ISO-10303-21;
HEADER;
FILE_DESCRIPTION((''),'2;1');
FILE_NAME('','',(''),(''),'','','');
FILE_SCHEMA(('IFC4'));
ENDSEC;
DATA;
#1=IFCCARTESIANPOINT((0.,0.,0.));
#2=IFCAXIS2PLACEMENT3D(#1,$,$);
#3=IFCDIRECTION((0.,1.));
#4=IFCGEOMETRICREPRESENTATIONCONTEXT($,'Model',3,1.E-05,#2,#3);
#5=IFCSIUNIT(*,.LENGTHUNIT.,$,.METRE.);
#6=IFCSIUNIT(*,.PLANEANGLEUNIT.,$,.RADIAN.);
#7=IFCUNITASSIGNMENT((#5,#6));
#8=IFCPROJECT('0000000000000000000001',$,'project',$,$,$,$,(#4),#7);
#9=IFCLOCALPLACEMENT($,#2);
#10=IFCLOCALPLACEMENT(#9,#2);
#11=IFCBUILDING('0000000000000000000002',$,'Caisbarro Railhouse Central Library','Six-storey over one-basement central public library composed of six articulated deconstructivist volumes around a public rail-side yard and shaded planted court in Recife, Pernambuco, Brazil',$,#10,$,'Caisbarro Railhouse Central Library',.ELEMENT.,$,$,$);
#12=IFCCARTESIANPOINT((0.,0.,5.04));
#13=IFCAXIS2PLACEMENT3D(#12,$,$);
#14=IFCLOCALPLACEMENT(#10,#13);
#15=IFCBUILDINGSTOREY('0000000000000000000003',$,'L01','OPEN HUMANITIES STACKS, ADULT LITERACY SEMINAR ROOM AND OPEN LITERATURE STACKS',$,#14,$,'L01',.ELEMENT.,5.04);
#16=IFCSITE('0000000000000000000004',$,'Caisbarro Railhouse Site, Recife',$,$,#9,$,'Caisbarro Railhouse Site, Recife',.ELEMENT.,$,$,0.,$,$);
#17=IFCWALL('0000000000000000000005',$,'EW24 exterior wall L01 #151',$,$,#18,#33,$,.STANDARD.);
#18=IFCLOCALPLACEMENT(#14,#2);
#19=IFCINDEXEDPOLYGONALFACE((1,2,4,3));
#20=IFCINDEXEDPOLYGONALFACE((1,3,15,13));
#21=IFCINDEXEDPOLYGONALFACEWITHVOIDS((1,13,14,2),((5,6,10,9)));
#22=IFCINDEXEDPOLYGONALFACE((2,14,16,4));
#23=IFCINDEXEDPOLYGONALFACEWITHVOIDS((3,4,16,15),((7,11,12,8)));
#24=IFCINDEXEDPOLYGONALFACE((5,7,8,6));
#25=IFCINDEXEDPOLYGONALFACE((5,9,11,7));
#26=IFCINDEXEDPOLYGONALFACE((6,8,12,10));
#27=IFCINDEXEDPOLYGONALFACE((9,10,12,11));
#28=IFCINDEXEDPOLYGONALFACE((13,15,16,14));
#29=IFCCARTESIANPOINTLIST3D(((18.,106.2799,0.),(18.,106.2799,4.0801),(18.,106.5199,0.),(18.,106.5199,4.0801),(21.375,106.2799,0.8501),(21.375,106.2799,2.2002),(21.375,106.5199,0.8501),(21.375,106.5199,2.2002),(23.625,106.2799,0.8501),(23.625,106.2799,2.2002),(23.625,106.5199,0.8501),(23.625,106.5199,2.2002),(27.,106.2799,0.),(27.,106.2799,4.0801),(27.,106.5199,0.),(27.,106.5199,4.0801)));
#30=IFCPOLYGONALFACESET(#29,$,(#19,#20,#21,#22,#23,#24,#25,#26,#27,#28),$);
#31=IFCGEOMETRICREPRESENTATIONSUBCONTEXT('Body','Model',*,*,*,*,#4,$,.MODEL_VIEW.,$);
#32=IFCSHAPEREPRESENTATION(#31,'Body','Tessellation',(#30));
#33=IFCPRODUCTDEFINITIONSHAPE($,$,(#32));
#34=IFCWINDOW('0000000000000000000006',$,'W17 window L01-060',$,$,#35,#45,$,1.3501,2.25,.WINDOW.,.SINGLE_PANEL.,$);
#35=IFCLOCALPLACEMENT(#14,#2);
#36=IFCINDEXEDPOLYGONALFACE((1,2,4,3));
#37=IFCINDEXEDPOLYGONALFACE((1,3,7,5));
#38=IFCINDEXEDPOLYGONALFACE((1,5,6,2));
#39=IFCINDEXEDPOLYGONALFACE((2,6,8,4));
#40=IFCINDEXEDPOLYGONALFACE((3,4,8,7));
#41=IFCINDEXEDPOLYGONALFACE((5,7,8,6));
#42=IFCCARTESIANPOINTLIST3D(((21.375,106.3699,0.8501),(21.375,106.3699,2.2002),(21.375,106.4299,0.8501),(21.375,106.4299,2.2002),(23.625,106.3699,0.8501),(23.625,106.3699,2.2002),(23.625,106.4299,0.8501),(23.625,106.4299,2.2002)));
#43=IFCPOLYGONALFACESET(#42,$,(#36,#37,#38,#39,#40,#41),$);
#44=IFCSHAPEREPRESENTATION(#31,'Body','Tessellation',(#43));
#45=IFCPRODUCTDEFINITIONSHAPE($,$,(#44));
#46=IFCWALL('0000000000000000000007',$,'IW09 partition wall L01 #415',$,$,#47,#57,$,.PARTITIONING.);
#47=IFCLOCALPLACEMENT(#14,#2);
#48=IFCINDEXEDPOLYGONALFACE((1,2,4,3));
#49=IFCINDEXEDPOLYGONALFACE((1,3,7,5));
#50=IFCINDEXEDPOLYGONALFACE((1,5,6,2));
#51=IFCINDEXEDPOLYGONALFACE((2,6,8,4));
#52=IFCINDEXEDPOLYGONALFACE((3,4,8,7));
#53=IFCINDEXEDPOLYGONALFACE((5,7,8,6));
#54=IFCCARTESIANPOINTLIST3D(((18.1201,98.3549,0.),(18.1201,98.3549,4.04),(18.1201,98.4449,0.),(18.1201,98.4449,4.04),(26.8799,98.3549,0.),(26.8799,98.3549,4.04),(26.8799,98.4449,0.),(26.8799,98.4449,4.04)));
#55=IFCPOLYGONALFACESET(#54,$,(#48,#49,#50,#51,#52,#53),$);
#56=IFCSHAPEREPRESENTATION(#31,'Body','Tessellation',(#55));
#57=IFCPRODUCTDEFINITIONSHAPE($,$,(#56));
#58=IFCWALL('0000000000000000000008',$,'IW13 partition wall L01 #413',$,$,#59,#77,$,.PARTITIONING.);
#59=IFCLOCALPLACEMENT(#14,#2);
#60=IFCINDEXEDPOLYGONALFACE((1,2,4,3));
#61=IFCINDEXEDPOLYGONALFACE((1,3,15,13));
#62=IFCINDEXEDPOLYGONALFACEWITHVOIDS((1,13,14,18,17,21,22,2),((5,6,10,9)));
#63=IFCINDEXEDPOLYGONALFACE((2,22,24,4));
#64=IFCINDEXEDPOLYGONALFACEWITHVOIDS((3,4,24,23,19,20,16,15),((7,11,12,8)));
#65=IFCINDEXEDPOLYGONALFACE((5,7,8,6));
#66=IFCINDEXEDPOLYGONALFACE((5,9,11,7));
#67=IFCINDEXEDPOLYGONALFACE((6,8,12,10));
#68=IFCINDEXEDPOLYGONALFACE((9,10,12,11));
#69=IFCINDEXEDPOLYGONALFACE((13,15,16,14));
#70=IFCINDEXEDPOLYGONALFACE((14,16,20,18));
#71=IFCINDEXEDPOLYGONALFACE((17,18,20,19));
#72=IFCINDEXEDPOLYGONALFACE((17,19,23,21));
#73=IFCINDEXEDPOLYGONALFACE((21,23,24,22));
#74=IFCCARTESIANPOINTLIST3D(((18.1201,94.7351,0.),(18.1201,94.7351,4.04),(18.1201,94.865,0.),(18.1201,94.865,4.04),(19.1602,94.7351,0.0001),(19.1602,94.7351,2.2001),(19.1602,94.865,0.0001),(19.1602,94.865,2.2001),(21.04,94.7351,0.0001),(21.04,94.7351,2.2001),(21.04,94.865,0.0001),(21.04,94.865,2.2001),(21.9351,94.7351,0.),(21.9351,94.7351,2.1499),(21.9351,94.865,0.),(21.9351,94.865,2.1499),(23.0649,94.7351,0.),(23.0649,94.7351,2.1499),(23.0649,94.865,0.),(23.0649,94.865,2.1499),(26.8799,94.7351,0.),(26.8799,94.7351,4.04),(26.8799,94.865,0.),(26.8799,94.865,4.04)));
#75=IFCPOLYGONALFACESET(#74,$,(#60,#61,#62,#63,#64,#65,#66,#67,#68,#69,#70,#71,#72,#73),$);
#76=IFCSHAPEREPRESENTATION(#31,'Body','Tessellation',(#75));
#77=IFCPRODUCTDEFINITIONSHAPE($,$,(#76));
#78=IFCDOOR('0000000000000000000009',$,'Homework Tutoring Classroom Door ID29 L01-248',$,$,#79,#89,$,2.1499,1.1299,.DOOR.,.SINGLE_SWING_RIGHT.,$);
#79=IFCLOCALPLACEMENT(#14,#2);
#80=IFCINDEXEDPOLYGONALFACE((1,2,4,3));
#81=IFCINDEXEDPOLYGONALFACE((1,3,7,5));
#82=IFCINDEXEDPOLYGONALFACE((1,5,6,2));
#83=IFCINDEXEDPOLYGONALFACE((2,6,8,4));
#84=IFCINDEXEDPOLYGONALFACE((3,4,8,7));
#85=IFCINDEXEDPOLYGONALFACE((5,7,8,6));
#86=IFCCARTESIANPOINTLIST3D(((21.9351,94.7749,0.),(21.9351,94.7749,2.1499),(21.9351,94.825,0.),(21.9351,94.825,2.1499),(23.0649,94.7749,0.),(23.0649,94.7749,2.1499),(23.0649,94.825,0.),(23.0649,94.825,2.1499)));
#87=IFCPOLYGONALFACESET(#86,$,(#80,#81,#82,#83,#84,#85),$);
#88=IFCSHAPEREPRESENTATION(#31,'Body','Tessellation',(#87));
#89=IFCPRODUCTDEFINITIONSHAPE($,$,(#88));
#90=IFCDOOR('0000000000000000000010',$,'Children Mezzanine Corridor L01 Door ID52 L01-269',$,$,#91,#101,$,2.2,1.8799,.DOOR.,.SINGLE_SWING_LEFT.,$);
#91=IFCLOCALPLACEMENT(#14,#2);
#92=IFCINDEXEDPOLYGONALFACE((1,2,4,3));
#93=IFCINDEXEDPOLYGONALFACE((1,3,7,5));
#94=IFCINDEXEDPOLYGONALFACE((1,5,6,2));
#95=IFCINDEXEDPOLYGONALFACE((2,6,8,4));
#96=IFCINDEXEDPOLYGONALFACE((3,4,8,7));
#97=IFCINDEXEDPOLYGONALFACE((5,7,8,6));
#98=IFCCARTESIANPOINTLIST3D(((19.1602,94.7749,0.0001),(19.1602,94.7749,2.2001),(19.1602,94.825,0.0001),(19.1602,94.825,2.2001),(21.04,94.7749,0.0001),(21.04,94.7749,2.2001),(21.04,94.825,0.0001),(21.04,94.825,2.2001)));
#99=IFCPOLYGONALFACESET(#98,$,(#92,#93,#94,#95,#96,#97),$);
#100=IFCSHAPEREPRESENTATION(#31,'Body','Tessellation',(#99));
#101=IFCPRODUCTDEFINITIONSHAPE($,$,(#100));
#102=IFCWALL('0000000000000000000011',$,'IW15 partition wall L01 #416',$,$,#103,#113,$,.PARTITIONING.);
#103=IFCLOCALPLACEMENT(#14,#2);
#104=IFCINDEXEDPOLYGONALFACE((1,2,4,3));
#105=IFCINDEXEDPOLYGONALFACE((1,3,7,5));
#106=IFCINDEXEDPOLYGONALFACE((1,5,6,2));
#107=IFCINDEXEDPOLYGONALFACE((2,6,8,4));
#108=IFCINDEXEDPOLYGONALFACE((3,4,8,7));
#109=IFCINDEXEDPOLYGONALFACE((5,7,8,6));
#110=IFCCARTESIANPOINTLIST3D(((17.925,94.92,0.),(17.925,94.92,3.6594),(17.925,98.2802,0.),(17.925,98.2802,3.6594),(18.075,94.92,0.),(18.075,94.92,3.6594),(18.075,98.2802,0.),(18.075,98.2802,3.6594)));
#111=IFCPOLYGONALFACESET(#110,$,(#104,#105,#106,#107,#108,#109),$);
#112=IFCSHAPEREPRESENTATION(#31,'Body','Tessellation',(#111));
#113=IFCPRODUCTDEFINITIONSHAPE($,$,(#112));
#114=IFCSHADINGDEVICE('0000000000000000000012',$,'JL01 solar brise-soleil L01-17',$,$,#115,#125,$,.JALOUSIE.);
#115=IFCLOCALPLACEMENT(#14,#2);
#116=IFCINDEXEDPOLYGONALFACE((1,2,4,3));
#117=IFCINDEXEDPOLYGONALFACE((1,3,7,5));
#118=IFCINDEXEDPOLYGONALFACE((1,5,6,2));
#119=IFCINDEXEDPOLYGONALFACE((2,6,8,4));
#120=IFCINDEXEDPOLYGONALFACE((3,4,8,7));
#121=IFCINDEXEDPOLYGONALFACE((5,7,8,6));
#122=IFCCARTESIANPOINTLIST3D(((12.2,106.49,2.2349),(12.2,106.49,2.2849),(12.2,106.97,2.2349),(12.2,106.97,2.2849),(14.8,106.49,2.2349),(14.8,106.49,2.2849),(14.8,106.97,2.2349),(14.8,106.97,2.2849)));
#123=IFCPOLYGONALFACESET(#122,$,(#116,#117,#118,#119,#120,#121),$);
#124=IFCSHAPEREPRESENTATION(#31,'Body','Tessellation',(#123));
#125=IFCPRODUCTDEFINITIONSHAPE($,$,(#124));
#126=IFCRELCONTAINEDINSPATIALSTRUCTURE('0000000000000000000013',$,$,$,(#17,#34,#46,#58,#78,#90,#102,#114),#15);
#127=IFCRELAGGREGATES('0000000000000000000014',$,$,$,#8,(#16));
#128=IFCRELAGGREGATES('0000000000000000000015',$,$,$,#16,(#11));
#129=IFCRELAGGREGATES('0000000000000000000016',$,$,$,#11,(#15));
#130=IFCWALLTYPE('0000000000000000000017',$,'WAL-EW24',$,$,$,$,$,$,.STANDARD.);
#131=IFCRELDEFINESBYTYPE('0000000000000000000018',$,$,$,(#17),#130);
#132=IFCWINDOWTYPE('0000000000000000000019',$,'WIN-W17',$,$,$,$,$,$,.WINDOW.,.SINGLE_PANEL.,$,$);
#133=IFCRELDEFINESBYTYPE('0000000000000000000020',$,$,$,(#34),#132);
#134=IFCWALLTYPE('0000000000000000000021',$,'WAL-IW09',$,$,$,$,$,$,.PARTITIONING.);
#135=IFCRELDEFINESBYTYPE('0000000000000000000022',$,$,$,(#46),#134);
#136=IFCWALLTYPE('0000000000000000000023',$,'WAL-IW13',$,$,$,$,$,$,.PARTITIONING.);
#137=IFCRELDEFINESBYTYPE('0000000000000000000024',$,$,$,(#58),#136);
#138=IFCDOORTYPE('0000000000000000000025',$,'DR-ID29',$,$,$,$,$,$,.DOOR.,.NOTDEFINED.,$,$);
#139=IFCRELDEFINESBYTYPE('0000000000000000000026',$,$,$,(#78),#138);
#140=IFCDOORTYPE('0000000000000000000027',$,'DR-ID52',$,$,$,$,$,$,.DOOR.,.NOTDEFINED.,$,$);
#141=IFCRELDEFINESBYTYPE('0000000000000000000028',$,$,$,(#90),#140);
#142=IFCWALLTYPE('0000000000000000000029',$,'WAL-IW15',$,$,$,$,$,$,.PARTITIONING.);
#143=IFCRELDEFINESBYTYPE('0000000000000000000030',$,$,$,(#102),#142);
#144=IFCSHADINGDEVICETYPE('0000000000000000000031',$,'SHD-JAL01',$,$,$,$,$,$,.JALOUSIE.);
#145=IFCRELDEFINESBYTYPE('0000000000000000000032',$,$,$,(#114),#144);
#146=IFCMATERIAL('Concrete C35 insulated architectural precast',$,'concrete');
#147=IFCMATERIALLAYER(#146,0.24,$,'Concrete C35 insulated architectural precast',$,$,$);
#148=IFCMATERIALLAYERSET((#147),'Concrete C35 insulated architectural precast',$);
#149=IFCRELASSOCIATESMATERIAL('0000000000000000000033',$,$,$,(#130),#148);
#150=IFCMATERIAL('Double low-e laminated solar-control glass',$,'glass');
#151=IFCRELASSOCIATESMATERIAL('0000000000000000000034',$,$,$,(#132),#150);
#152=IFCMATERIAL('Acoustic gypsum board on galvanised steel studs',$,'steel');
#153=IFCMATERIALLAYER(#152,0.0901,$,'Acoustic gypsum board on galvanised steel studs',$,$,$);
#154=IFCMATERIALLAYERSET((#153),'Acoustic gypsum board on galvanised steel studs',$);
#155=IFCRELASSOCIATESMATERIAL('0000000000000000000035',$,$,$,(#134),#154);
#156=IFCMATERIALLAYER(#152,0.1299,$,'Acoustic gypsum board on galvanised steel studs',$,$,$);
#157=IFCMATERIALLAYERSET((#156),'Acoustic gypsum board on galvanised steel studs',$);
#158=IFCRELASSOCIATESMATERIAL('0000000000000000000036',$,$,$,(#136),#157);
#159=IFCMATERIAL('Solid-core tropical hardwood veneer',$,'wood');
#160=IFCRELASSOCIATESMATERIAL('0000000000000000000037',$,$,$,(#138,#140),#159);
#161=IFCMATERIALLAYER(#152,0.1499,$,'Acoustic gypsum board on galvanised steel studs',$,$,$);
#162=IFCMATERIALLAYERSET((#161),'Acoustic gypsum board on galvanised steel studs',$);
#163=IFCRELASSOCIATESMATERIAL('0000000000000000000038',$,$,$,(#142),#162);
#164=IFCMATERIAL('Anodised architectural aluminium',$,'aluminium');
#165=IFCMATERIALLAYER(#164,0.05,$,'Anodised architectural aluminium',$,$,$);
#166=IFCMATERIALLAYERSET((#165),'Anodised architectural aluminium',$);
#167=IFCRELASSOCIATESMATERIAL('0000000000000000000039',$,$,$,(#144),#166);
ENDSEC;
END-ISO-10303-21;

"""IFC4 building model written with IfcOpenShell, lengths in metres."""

from ifc_helpers import new_model, si_unit, direction, frame, frame_2d, origin, origin_2d, place, context, subcontext, project, spatial, rectangle, extrude, material, layer, layer_set, type_object, element, fill, save


model = new_model("IFC4")

# Units and contexts
model_context = context("Model", 3, precision=1e-05, world=origin(), true_north=direction((0.0, 1.0)))
body_context = subcontext(model_context, "Body", "Model", "MODEL_VIEW")
ifc_project = project(units=[si_unit("LENGTHUNIT", "METRE"), si_unit("PLANEANGLEUNIT", "RADIAN")], contexts=[model_context])

# Site, building, storey
site_placement = place(None, origin())
site = spatial("IfcSite", under=ifc_project, at=site_placement, Name="Caisbarro Railhouse Site, Recife", LongName="Caisbarro Railhouse Site, Recife", CompositionType="ELEMENT", RefElevation=0.0)
building_placement = place(site_placement, origin())
building = spatial("IfcBuilding", under=site, at=building_placement, Name="Caisbarro Railhouse Central Library", Description="Six-storey over one-basement central public library composed of six articulated deconstructivist volumes around a public rail-side yard and shaded planted court in Recife, Pernambuco, Brazil", LongName="Caisbarro Railhouse Central Library", CompositionType="ELEMENT")
storey_placement = place(building_placement, frame((0.0, 0.0, 5.04)))
storey = spatial("IfcBuildingStorey", under=building, at=storey_placement, Name="L01", Description="OPEN HUMANITIES STACKS, ADULT LITERACY SEMINAR ROOM AND OPEN LITERATURE STACKS", LongName="L01", CompositionType="ELEMENT", Elevation=5.04)

# Wall, opening, window
ifc_material_1 = material(Name="Concrete C35 insulated architectural precast", Category="concrete")
ifc_layer_1 = layer(ifc_material_1, 0.24, Name="Concrete C35 insulated architectural precast")
ifc_layer_set_1 = layer_set([ifc_layer_1], Name="Concrete C35 insulated architectural precast")
wall_type_1 = type_object("IfcWallType", Name="WAL-EW24", PredefinedType="STANDARD", material=ifc_layer_set_1)
ifc_material_2 = material(Name="Double low-e laminated solar-control glass", Category="glass")
wall_1_placement = place(storey_placement, frame((18.0, 106.3999, 0.0), z_axis=(0.0, 0.0, 1.0), x_axis=(1.0, 0.0, 0.0)))
wall_1 = element("IfcWall", 1, at=wall_1_placement, inside=storey, type_object=wall_type_1, Name="EW24 exterior wall L01 #151", PredefinedType="STANDARD", context=body_context, shape_type="SweptSolid", body=[
    extrude(rectangle(XDim=9.0, YDim=0.24, at=frame_2d((4.5, 0.0))), origin(), (0.0, 0.0, 1.0), 4.0801),
])
opening_1_placement = place(wall_1_placement, frame((3.375, 0.0, 0.8501)))
opening_1 = element("IfcOpeningElement", 2, at=opening_1_placement, cuts=wall_1, PredefinedType="OPENING", context=body_context, shape_type="SweptSolid", body=[
    extrude(rectangle(XDim=2.25, YDim=1.3501, at=frame_2d((1.125, 0.675))), frame((0.0, 0.1299, 0.0), z_axis=(0.0, -1.0, 0.0), x_axis=(1.0, 0.0, 0.0)), (0.0, 0.0, 1.0), 0.26),
])
window_type_1 = type_object("IfcWindowType", Name="WIN-W17", PartitioningType="SINGLE_PANEL", PredefinedType="WINDOW", material=ifc_material_2)
window_1_placement = place(opening_1_placement, origin())
window_1 = element("IfcWindow", 3, at=window_1_placement, inside=storey, type_object=window_type_1, Name="W17 window L01-060", OverallHeight=1.3501, OverallWidth=2.25, PartitioningType="SINGLE_PANEL", PredefinedType="WINDOW", context=body_context, shape_type="SweptSolid", body=[
    extrude(rectangle(XDim=2.25, YDim=1.3501, at=frame_2d((1.125, 0.675))), frame((0.0, 0.03, 0.0), z_axis=(0.0, -1.0, 0.0), x_axis=(1.0, 0.0, 0.0)), (0.0, 0.0, 1.0), 0.0601),
])
fill(opening_1, window_1)

# Wall
ifc_material_3 = material(Name="Acoustic gypsum board on galvanised steel studs", Category="steel")
ifc_layer_2 = layer(ifc_material_3, 0.0901, Name="Acoustic gypsum board on galvanised steel studs")
ifc_layer_set_2 = layer_set([ifc_layer_2], Name="Acoustic gypsum board on galvanised steel studs")
wall_type_2 = type_object("IfcWallType", Name="WAL-IW09", PredefinedType="PARTITIONING", material=ifc_layer_set_2)
wall_2_placement = place(storey_placement, frame((18.1201, 98.3999, 0.0), z_axis=(0.0, 0.0, 1.0), x_axis=(1.0, 0.0, 0.0)))
element("IfcWall", 4, at=wall_2_placement, inside=storey, type_object=wall_type_2, Name="IW09 partition wall L01 #415", PredefinedType="PARTITIONING", context=body_context, shape_type="SweptSolid", body=[
    extrude(rectangle(XDim=8.7598, YDim=0.0901, at=frame_2d((4.3799, 0.0))), origin(), (0.0, 0.0, 1.0), 4.04),
])

# Wall, openings, doors
ifc_layer_3 = layer(ifc_material_3, 0.1299, Name="Acoustic gypsum board on galvanised steel studs")
ifc_layer_set_3 = layer_set([ifc_layer_3], Name="Acoustic gypsum board on galvanised steel studs")
wall_type_3 = type_object("IfcWallType", Name="WAL-IW13", PredefinedType="PARTITIONING", material=ifc_layer_set_3)
wall_3_placement = place(storey_placement, frame((18.1201, 94.8, 0.0), z_axis=(0.0, 0.0, 1.0), x_axis=(1.0, 0.0, 0.0)))
wall_3 = element("IfcWall", 5, at=wall_3_placement, inside=storey, type_object=wall_type_3, Name="IW13 partition wall L01 #413", PredefinedType="PARTITIONING", context=body_context, shape_type="SweptSolid", body=[
    extrude(rectangle(XDim=8.7598, YDim=0.1299, at=frame_2d((4.3799, 0.0))), origin(), (0.0, 0.0, 1.0), 4.04),
])
opening_2_placement = place(wall_3_placement, frame((3.8149, 0.0, 0.0)))
opening_2 = element("IfcOpeningElement", 6, at=opening_2_placement, cuts=wall_3, PredefinedType="OPENING", context=body_context, shape_type="SweptSolid", body=[
    extrude(rectangle(XDim=1.1299, YDim=2.1499, at=frame_2d((0.5649, 1.075))), frame((0.0, 0.075, 0.0), z_axis=(0.0, -1.0, 0.0), x_axis=(1.0, 0.0, 0.0)), (0.0, 0.0, 1.0), 0.1499),
])
opening_3_placement = place(wall_3_placement, frame((1.04, 0.0, 0.0)))
opening_3 = element("IfcOpeningElement", 7, at=opening_3_placement, cuts=wall_3, PredefinedType="OPENING", context=body_context, shape_type="SweptSolid", body=[
    extrude(rectangle(XDim=1.8799, YDim=2.2, at=frame_2d((0.9399, 1.1001))), frame((0.0, 0.075, 0.0), z_axis=(0.0, -1.0, 0.0), x_axis=(1.0, 0.0, 0.0)), (0.0, 0.0, 1.0), 0.1499),
])
ifc_material_4 = material(Name="Solid-core tropical hardwood veneer", Category="wood")
door_type_1 = type_object("IfcDoorType", Name="DR-ID29", OperationType="NOTDEFINED", PredefinedType="DOOR", material=ifc_material_4)
door_1_placement = place(opening_2_placement, origin())
door_1 = element("IfcDoor", 8, at=door_1_placement, inside=storey, type_object=door_type_1, Name="Homework Tutoring Classroom Door ID29 L01-248", OperationType="SINGLE_SWING_RIGHT", OverallHeight=2.1499, OverallWidth=1.1299, PredefinedType="DOOR", context=body_context, shape_type="SweptSolid", body=[
    extrude(rectangle(XDim=1.1299, YDim=2.1499, at=frame_2d((0.5649, 1.075))), frame((0.0, 0.0249, 0.0), z_axis=(0.0, -1.0, 0.0), x_axis=(1.0, 0.0, 0.0)), (0.0, 0.0, 1.0), 0.05),
])
fill(opening_2, door_1)
door_type_2 = type_object("IfcDoorType", Name="DR-ID52", OperationType="NOTDEFINED", PredefinedType="DOOR", material=ifc_material_4)
door_2_placement = place(opening_3_placement, origin())
door_2 = element("IfcDoor", 9, at=door_2_placement, inside=storey, type_object=door_type_2, Name="Children Mezzanine Corridor L01 Door ID52 L01-269", OperationType="SINGLE_SWING_LEFT", OverallHeight=2.2, OverallWidth=1.8799, PredefinedType="DOOR", context=body_context, shape_type="SweptSolid", body=[
    extrude(rectangle(XDim=1.8799, YDim=2.2, at=frame_2d((0.9399, 1.1001))), frame((0.0, 0.0249, 0.0), z_axis=(0.0, -1.0, 0.0), x_axis=(1.0, 0.0, 0.0)), (0.0, 0.0, 1.0), 0.05),
])
fill(opening_3, door_2)

# Wall
ifc_layer_4 = layer(ifc_material_3, 0.1499, Name="Acoustic gypsum board on galvanised steel studs")
ifc_layer_set_4 = layer_set([ifc_layer_4], Name="Acoustic gypsum board on galvanised steel studs")
wall_type_4 = type_object("IfcWallType", Name="WAL-IW15", PredefinedType="PARTITIONING", material=ifc_layer_set_4)
wall_4_placement = place(storey_placement, frame((18.0, 94.9199, 0.0), z_axis=(0.0, 0.0, 1.0), x_axis=(0.0, 1.0, 0.0)))
element("IfcWall", 10, at=wall_4_placement, inside=storey, type_object=wall_type_4, Name="IW15 partition wall L01 #416", PredefinedType="PARTITIONING", context=body_context, shape_type="SweptSolid", body=[
    extrude(rectangle(XDim=3.3601, YDim=0.1499, at=frame_2d((1.6802, 0.0))), origin(), (0.0, 0.0, 1.0), 3.6594),
])

# Shading device
ifc_material_5 = material(Name="Anodised architectural aluminium", Category="aluminium")
ifc_layer_5 = layer(ifc_material_5, 0.05, Name="Anodised architectural aluminium")
ifc_layer_set_5 = layer_set([ifc_layer_5], Name="Anodised architectural aluminium")
shading_device_type = type_object("IfcShadingDeviceType", Name="SHD-JAL01", PredefinedType="JALOUSIE", material=ifc_layer_set_5)
shading_device_placement = place(storey_placement, frame((13.5, 106.73, 2.2349), z_axis=(0.0, 0.0, 1.0), x_axis=(1.0, 0.0, 0.0)))
element("IfcShadingDevice", 11, at=shading_device_placement, inside=storey, type_object=shading_device_type, Name="JL01 solar brise-soleil L01-17", PredefinedType="JALOUSIE", context=body_context, shape_type="SweptSolid", body=[
    extrude(rectangle(XDim=2.6001, YDim=0.48, at=origin_2d()), origin(), (0.0, 0.0, 1.0), 0.05),
])

save(model, "model.ifc")
